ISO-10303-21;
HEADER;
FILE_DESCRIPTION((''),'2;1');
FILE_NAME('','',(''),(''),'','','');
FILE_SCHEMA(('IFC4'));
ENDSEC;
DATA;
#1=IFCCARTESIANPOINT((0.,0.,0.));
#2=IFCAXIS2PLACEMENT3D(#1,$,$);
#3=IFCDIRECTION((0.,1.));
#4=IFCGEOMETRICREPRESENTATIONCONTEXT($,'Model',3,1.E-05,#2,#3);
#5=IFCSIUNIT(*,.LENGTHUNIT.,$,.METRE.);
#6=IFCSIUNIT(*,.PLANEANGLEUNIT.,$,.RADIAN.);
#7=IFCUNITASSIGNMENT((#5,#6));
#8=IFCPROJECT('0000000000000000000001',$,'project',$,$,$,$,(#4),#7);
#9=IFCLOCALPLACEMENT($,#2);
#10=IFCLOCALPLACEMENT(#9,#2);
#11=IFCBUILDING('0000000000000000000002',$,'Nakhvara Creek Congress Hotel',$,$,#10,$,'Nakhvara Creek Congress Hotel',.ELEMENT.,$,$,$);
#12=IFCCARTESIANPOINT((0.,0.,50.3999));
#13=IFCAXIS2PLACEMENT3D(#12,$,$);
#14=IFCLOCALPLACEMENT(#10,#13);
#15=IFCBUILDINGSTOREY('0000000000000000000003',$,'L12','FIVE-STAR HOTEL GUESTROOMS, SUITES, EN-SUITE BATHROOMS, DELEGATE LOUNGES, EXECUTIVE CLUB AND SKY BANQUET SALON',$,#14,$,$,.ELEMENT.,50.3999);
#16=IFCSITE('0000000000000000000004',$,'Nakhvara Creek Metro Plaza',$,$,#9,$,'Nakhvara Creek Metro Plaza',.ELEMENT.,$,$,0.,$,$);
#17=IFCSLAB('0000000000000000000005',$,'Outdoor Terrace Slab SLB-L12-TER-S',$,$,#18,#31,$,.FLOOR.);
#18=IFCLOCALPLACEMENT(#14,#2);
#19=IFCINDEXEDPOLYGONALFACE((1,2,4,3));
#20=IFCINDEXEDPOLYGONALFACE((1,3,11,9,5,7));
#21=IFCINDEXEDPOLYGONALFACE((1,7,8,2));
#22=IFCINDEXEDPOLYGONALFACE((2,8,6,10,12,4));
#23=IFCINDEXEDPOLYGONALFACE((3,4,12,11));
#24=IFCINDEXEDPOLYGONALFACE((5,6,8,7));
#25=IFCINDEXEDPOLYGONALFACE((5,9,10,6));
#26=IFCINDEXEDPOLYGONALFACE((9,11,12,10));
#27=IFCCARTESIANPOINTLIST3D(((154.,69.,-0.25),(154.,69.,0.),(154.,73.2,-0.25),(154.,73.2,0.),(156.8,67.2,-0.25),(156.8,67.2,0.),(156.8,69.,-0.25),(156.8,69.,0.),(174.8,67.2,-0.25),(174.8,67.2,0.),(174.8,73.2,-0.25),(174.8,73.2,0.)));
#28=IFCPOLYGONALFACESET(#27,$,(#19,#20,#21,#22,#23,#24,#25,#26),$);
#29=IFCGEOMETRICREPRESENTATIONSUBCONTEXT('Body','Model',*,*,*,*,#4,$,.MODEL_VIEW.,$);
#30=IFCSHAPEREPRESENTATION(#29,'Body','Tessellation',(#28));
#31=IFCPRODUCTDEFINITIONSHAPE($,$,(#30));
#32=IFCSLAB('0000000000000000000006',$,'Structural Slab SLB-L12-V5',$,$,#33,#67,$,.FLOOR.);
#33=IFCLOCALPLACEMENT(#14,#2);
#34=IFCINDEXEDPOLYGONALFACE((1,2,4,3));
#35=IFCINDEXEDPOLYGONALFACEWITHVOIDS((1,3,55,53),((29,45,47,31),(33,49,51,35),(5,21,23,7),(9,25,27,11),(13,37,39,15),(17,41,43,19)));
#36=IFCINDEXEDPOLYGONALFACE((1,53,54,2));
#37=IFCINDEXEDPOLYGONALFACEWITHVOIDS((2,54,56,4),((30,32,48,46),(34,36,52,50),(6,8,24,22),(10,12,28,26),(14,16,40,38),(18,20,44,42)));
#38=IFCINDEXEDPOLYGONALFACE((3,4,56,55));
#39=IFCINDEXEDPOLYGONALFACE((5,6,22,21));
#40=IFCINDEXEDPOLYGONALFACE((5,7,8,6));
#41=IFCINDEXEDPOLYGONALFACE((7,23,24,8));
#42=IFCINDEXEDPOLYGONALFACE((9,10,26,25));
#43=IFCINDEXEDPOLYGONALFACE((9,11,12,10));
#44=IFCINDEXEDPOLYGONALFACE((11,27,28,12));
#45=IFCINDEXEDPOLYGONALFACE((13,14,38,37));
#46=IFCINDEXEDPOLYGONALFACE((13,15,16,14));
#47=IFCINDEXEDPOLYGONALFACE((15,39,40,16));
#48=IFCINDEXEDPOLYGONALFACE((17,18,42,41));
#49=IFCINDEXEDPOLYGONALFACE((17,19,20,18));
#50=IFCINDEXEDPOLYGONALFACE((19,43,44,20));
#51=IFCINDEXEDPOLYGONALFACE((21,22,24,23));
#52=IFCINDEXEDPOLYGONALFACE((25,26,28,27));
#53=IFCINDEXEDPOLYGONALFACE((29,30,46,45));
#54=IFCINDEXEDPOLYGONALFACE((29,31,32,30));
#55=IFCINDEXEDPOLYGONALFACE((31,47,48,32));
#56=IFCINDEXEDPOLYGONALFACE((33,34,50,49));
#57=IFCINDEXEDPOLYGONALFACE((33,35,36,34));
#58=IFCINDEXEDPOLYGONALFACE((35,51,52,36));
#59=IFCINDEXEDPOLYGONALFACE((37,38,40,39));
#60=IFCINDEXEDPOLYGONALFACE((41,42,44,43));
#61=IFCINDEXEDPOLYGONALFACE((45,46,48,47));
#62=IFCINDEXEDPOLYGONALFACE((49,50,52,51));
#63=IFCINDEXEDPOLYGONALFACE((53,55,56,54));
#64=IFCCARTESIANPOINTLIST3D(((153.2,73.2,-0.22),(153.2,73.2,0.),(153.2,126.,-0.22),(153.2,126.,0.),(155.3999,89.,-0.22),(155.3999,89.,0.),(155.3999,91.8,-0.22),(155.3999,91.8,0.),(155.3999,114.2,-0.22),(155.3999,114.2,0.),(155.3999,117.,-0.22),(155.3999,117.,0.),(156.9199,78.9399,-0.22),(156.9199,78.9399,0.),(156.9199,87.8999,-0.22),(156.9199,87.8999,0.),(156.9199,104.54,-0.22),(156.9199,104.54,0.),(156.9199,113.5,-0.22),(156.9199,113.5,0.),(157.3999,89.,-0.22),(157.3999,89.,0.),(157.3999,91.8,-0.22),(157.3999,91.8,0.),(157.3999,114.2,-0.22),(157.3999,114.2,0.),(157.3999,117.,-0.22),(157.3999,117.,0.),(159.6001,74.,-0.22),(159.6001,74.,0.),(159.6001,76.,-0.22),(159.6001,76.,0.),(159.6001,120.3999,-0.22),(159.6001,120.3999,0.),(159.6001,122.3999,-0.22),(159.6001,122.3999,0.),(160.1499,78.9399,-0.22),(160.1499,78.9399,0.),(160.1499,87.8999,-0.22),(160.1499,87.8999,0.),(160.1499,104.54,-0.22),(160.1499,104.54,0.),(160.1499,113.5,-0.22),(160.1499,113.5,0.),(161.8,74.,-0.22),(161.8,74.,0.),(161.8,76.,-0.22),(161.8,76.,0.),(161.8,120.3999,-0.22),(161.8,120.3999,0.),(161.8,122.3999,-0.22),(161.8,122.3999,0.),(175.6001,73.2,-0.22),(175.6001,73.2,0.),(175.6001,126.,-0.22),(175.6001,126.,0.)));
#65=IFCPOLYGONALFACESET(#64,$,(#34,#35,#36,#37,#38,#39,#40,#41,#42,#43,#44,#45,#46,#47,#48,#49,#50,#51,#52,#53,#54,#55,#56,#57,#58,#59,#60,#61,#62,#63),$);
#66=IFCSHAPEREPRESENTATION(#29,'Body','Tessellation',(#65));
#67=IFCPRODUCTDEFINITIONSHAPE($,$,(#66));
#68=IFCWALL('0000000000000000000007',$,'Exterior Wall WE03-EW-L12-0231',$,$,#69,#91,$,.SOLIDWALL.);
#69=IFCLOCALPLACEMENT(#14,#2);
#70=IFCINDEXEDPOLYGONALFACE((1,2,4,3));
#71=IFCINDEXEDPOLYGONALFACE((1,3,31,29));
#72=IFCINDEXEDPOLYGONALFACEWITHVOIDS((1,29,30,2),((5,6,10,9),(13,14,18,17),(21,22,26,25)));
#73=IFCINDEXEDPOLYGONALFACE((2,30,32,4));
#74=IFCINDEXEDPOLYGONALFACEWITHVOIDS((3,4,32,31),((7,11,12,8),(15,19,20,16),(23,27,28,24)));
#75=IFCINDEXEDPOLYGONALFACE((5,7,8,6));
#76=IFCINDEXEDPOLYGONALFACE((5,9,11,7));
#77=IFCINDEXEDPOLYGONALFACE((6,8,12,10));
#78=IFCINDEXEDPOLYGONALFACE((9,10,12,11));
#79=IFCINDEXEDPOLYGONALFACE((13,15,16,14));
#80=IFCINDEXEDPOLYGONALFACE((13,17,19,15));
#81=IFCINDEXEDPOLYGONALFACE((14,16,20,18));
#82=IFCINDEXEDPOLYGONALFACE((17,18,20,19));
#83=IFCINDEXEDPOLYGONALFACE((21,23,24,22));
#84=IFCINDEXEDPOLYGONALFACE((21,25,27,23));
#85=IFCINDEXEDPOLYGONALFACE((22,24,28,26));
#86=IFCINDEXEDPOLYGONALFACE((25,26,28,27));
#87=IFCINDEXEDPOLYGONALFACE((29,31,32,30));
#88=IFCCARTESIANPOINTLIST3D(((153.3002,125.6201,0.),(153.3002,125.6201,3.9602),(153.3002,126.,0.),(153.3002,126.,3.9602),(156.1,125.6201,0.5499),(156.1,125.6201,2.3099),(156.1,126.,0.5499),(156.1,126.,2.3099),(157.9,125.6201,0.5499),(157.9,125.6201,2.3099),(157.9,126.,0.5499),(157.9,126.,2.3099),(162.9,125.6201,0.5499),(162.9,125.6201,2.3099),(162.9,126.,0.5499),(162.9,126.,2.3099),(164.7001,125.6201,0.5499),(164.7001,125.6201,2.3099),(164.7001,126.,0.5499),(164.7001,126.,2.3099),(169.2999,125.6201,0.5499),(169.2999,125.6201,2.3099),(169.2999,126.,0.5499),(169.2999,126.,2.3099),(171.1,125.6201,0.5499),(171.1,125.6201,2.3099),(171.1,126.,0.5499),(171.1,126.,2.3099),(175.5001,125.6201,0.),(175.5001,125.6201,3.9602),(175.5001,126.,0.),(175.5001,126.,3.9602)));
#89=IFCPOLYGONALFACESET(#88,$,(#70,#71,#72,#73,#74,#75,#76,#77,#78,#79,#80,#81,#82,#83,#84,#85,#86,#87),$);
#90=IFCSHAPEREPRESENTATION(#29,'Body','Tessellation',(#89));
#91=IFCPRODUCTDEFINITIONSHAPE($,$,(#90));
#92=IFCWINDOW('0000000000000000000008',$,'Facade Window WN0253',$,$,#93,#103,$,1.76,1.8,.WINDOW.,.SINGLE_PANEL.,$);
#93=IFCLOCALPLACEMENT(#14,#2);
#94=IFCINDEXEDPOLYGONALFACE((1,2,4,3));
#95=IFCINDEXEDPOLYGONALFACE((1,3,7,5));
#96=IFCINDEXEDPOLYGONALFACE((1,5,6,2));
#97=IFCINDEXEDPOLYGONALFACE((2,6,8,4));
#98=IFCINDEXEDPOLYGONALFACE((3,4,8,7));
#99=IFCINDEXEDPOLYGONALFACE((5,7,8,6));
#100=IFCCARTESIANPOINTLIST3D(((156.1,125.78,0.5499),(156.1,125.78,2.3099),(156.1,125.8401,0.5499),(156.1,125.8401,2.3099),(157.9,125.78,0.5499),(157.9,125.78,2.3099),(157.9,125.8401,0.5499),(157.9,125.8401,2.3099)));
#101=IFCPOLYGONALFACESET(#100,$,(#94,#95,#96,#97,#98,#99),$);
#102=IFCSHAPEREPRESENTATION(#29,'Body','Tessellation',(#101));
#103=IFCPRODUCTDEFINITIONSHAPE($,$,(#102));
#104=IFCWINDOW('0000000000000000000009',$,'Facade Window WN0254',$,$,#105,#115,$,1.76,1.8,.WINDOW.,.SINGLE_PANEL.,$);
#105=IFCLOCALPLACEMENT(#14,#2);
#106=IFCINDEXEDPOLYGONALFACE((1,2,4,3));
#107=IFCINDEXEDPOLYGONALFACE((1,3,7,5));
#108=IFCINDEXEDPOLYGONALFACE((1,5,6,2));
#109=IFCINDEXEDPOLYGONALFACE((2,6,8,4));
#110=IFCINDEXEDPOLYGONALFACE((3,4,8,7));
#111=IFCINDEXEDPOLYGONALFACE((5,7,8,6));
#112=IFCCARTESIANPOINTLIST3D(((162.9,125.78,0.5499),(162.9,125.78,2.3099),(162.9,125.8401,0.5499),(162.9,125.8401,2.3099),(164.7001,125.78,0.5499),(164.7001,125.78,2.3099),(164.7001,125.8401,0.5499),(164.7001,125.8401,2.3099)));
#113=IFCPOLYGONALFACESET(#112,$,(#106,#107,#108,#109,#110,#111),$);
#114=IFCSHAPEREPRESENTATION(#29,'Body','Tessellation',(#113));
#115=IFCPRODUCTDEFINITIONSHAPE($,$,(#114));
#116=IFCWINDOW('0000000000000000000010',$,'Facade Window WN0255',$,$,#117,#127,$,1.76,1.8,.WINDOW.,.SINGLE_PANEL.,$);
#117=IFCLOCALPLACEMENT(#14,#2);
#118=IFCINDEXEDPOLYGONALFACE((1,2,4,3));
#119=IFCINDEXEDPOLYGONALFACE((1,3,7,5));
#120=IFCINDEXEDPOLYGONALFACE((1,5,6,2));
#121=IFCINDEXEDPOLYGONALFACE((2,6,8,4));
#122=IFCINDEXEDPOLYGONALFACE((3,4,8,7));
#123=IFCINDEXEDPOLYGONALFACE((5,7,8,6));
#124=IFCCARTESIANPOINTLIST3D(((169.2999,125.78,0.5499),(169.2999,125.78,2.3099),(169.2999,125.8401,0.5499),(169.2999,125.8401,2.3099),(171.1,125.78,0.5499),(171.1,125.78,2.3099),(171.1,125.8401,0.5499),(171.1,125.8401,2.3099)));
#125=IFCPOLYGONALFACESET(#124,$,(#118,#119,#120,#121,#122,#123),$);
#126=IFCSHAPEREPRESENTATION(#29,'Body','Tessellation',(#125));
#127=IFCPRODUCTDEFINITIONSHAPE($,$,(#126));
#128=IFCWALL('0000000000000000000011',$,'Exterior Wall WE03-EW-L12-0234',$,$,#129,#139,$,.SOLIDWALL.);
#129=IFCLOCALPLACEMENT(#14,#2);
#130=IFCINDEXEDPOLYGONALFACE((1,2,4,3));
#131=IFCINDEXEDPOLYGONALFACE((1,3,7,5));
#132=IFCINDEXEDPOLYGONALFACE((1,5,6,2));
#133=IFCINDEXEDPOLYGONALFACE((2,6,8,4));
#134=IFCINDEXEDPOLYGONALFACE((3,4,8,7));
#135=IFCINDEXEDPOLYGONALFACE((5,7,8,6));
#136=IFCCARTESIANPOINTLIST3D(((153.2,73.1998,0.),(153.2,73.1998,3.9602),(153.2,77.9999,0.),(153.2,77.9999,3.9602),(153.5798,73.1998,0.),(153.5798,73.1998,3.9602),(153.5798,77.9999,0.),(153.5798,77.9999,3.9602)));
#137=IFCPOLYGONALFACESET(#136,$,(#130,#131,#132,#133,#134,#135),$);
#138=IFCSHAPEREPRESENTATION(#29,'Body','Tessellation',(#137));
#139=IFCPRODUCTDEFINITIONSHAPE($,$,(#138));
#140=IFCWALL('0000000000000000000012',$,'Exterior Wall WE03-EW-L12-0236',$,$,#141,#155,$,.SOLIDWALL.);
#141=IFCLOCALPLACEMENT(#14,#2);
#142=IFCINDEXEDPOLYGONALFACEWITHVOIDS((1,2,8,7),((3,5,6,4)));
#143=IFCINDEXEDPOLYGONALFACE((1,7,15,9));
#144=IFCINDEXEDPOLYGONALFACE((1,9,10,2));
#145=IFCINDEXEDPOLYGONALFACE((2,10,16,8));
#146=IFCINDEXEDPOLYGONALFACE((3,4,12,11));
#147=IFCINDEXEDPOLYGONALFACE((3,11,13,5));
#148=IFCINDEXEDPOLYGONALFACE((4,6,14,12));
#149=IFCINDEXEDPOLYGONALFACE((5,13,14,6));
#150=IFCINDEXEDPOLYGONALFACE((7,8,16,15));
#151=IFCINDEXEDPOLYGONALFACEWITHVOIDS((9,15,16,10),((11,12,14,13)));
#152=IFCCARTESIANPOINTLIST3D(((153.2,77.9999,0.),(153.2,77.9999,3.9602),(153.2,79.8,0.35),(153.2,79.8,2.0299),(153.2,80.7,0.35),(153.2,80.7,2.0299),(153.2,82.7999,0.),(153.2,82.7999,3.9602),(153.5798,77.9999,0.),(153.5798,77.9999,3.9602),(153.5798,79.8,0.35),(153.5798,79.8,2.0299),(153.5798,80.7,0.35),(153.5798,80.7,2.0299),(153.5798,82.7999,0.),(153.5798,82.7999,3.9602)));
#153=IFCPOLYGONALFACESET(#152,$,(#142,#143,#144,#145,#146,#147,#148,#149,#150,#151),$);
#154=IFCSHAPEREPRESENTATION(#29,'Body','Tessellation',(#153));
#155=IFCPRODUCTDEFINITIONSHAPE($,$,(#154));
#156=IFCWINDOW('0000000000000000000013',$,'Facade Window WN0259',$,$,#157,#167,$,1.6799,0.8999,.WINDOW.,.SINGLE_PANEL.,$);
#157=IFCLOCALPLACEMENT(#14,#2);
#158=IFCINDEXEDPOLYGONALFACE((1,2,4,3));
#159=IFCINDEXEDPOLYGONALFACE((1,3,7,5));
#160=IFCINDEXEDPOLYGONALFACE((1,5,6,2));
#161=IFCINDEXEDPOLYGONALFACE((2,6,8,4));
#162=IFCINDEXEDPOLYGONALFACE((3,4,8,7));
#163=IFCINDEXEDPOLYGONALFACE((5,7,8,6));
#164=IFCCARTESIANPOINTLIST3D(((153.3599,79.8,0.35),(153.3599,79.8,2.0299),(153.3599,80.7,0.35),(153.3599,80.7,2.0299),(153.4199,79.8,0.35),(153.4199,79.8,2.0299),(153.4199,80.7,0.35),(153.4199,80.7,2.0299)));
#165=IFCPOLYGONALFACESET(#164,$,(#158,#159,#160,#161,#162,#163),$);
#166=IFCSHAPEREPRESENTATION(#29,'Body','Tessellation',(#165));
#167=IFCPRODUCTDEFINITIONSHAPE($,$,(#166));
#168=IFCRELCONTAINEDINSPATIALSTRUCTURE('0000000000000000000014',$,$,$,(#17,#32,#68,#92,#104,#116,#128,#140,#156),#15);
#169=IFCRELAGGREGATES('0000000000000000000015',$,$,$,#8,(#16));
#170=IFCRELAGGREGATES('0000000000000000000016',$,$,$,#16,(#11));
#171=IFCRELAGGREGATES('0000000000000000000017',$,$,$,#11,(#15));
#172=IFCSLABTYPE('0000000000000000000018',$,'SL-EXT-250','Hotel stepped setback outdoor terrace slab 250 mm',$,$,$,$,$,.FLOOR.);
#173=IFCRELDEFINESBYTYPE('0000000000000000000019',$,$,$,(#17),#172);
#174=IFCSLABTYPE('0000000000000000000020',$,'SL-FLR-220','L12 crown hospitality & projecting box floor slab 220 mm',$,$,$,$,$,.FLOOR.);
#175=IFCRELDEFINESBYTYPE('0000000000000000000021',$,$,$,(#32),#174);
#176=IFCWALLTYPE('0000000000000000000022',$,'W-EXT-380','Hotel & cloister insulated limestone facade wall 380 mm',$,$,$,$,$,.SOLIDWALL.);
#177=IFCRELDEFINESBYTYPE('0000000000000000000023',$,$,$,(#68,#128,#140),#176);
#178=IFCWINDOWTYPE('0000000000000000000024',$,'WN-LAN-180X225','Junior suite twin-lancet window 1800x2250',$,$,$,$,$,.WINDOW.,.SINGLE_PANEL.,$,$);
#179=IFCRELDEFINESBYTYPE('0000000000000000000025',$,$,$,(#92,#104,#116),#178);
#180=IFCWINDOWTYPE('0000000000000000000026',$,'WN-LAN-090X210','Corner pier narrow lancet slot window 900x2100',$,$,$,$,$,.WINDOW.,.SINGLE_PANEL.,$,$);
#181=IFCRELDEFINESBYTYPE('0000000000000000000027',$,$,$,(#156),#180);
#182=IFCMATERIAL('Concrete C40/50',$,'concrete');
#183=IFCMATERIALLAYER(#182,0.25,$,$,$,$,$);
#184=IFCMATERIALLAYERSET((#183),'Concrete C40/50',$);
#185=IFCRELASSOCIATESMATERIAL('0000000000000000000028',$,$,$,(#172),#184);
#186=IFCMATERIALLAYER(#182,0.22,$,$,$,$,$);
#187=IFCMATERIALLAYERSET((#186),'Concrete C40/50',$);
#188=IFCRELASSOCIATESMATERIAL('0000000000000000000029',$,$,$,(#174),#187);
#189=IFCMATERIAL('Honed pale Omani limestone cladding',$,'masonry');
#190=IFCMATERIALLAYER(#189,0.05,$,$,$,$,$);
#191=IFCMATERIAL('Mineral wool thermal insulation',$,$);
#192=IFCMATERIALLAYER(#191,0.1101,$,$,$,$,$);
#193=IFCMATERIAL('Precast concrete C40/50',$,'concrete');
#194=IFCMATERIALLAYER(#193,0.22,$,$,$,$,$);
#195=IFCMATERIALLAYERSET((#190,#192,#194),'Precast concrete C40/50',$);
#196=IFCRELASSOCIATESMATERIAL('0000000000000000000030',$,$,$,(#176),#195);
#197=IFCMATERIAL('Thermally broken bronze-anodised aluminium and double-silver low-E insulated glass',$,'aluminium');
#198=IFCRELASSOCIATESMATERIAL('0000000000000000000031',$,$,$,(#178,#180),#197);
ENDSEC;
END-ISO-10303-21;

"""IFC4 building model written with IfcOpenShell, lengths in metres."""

from ifc_helpers import new_model, si_unit, direction, frame, frame_2d, origin, place, context, subcontext, project, spatial, polyline, rectangle, outline, extrude, material, layer, layer_set, type_object, element, fill, save


model = new_model("IFC4")

# Units and contexts
model_context = context("Model", 3, precision=1e-05, world=origin(), true_north=direction((0.0, 1.0)))
body_context = subcontext(model_context, "Body", "Model", "MODEL_VIEW")
ifc_project = project(units=[si_unit("LENGTHUNIT", "METRE"), si_unit("PLANEANGLEUNIT", "RADIAN")], contexts=[model_context])

# Site, building, storey
site_placement = place(None, origin())
site = spatial("IfcSite", under=ifc_project, at=site_placement, Name="Nakhvara Creek Metro Plaza", LongName="Nakhvara Creek Metro Plaza", CompositionType="ELEMENT", RefElevation=0.0)
building_placement = place(site_placement, origin())
building = spatial("IfcBuilding", under=site, at=building_placement, Name="Nakhvara Creek Congress Hotel", LongName="Nakhvara Creek Congress Hotel", CompositionType="ELEMENT")
storey_placement = place(building_placement, frame((0.0, 0.0, 50.3999)))
storey = spatial("IfcBuildingStorey", under=building, at=storey_placement, Name="L12", Description="FIVE-STAR HOTEL GUESTROOMS, SUITES, EN-SUITE BATHROOMS, DELEGATE LOUNGES, EXECUTIVE CLUB AND SKY BANQUET SALON", CompositionType="ELEMENT", Elevation=50.3999)

# Slabs
ifc_material_1 = material(Name="Concrete C40/50", Category="concrete")
ifc_layer_1 = layer(ifc_material_1, 0.25)
ifc_layer_set_1 = layer_set([ifc_layer_1], Name="Concrete C40/50")
slab_type_1 = type_object("IfcSlabType", Name="SL-EXT-250", Description="Hotel stepped setback outdoor terrace slab 250 mm", PredefinedType="FLOOR", material=ifc_layer_set_1)
slab_1_placement = place(storey_placement, frame((0.0, 0.0, -0.25)))
element("IfcSlab", 1, at=slab_1_placement, inside=storey, type_object=slab_type_1, Name="Outdoor Terrace Slab SLB-L12-TER-S", PredefinedType="FLOOR", context=body_context, shape_type="SweptSolid", body=[
    extrude(outline(polyline([(156.8, 67.2), (174.8, 67.2), (174.8, 73.2), (154.0, 73.2), (154.0, 69.0), (156.8, 69.0), (156.8, 67.2)])), origin(), (0.0, 0.0, 1.0), 0.25),
])
ifc_layer_2 = layer(ifc_material_1, 0.22)
ifc_layer_set_2 = layer_set([ifc_layer_2], Name="Concrete C40/50")
slab_type_2 = type_object("IfcSlabType", Name="SL-FLR-220", Description="L12 crown hospitality & projecting box floor slab 220 mm", PredefinedType="FLOOR", material=ifc_layer_set_2)
slab_2_placement = place(storey_placement, frame((0.0, 0.0, -0.22)))
element("IfcSlab", 2, at=slab_2_placement, inside=storey, type_object=slab_type_2, Name="Structural Slab SLB-L12-V5", PredefinedType="FLOOR", context=body_context, shape_type="SweptSolid", body=[
    extrude(outline(polyline([(153.2, 126.0), (175.6001, 126.0), (175.6001, 73.2), (153.2, 73.2), (153.2, 126.0)]), holes=[polyline([(161.8, 76.0), (159.6001, 76.0), (159.6001, 74.0), (161.8, 74.0), (161.8, 76.0)]), polyline([(160.1499, 87.8999), (156.9199, 87.8999), (156.9199, 78.9399), (160.1499, 78.9399), (160.1499, 87.8999)]), polyline([(157.3999, 89.0), (157.3999, 91.8), (155.3999, 91.8), (155.3999, 89.0), (157.3999, 89.0)]), polyline([(156.9199, 113.5), (156.9199, 104.54), (160.1499, 104.54), (160.1499, 113.5), (156.9199, 113.5)]), polyline([(157.3999, 114.2), (157.3999, 117.0), (155.3999, 117.0), (155.3999, 114.2), (157.3999, 114.2)]), polyline([(161.8, 120.3999), (161.8, 122.3999), (159.6001, 122.3999), (159.6001, 120.3999), (161.8, 120.3999)])]), origin(), (0.0, 0.0, 1.0), 0.22),
])

# Wall, openings, windows
ifc_material_2 = material(Name="Honed pale Omani limestone cladding", Category="masonry")
ifc_layer_3 = layer(ifc_material_2, 0.05)
ifc_material_3 = material(Name="Mineral wool thermal insulation")
ifc_layer_4 = layer(ifc_material_3, 0.1101)
ifc_material_4 = material(Name="Precast concrete C40/50", Category="concrete")
ifc_layer_5 = layer(ifc_material_4, 0.22)
ifc_layer_set_3 = layer_set([ifc_layer_3, ifc_layer_4, ifc_layer_5], Name="Precast concrete C40/50")
wall_type_1 = type_object("IfcWallType", Name="W-EXT-380", Description="Hotel & cloister insulated limestone facade wall 380 mm", PredefinedType="SOLIDWALL", material=ifc_layer_set_3)
wall_1_placement = place(storey_placement, frame((153.3, 125.8101, 0.0), z_axis=(0.0, 0.0, 1.0), x_axis=(1.0, 0.0, 0.0)))
wall_1 = element("IfcWall", 3, at=wall_1_placement, inside=storey, type_object=wall_type_1, Name="Exterior Wall WE03-EW-L12-0231", PredefinedType="SOLIDWALL", context=body_context, shape_type="SweptSolid", body=[
    extrude(rectangle(XDim=22.2, YDim=0.3799, at=frame_2d((11.1001, 0.0))), origin(), (0.0, 0.0, 1.0), 3.9602),
])
opening_1_placement = place(wall_1_placement, frame((2.8, 0.0, 0.55)))
opening_1 = element("IfcOpeningElement", 4, at=opening_1_placement, cuts=wall_1, PredefinedType="OPENING", context=body_context, shape_type="SweptSolid", body=[
    extrude(rectangle(XDim=1.8, YDim=1.76, at=frame_2d((0.8999, 0.8799))), frame((0.0, 0.2019, 0.0), z_axis=(0.0, -1.0, 0.0), x_axis=(1.0, 0.0, 0.0)), (0.0, 0.0, 1.0), 0.4038),
])
opening_2_placement = place(wall_1_placement, frame((9.6001, 0.0, 0.55)))
opening_2 = element("IfcOpeningElement", 5, at=opening_2_placement, cuts=wall_1, PredefinedType="OPENING", context=body_context, shape_type="SweptSolid", body=[
    extrude(rectangle(XDim=1.8, YDim=1.76, at=frame_2d((0.8999, 0.8799))), frame((0.0, 0.2019, 0.0), z_axis=(0.0, -1.0, 0.0), x_axis=(1.0, 0.0, 0.0)), (0.0, 0.0, 1.0), 0.4038),
])
opening_3_placement = place(wall_1_placement, frame((16.0, 0.0, 0.55)))
opening_3 = element("IfcOpeningElement", 6, at=opening_3_placement, cuts=wall_1, PredefinedType="OPENING", context=body_context, shape_type="SweptSolid", body=[
    extrude(rectangle(XDim=1.8, YDim=1.76, at=frame_2d((0.8999, 0.8799))), frame((0.0, 0.2019, 0.0), z_axis=(0.0, -1.0, 0.0), x_axis=(1.0, 0.0, 0.0)), (0.0, 0.0, 1.0), 0.4038),
])
ifc_material_5 = material(Name="Thermally broken bronze-anodised aluminium and double-silver low-E insulated glass", Category="aluminium")
window_type_1 = type_object("IfcWindowType", Name="WN-LAN-180X225", Description="Junior suite twin-lancet window 1800x2250", PartitioningType="SINGLE_PANEL", PredefinedType="WINDOW", material=ifc_material_5)
window_1_placement = place(opening_1_placement, origin())
window_1 = element("IfcWindow", 7, at=window_1_placement, inside=storey, type_object=window_type_1, Name="Facade Window WN0253", OverallHeight=1.76, OverallWidth=1.8, PartitioningType="SINGLE_PANEL", PredefinedType="WINDOW", context=body_context, shape_type="SweptSolid", body=[
    extrude(rectangle(XDim=1.8, YDim=1.76, at=frame_2d((0.8999, 0.8799))), frame((0.0, 0.03, 0.0), z_axis=(0.0, -1.0, 0.0), x_axis=(1.0, 0.0, 0.0)), (0.0, 0.0, 1.0), 0.0601),
])
fill(opening_1, window_1)
window_2_placement = place(opening_2_placement, origin())
window_2 = element("IfcWindow", 8, at=window_2_placement, inside=storey, type_object=window_type_1, Name="Facade Window WN0254", OverallHeight=1.76, OverallWidth=1.8, PartitioningType="SINGLE_PANEL", PredefinedType="WINDOW", context=body_context, shape_type="SweptSolid", body=[
    extrude(rectangle(XDim=1.8, YDim=1.76, at=frame_2d((0.8999, 0.8799))), frame((0.0, 0.03, 0.0), z_axis=(0.0, -1.0, 0.0), x_axis=(1.0, 0.0, 0.0)), (0.0, 0.0, 1.0), 0.0601),
])
fill(opening_2, window_2)
window_3_placement = place(opening_3_placement, origin())
window_3 = element("IfcWindow", 9, at=window_3_placement, inside=storey, type_object=window_type_1, Name="Facade Window WN0255", OverallHeight=1.76, OverallWidth=1.8, PartitioningType="SINGLE_PANEL", PredefinedType="WINDOW", context=body_context, shape_type="SweptSolid", body=[
    extrude(rectangle(XDim=1.8, YDim=1.76, at=frame_2d((0.8999, 0.8799))), frame((0.0, 0.03, 0.0), z_axis=(0.0, -1.0, 0.0), x_axis=(1.0, 0.0, 0.0)), (0.0, 0.0, 1.0), 0.0601),
])
fill(opening_3, window_3)

# Wall
wall_2_placement = place(storey_placement, frame((153.3899, 73.2, 0.0), z_axis=(0.0, 0.0, 1.0), x_axis=(0.0, 1.0, 0.0)))
element("IfcWall", 10, at=wall_2_placement, inside=storey, type_object=wall_type_1, Name="Exterior Wall WE03-EW-L12-0234", PredefinedType="SOLIDWALL", context=body_context, shape_type="SweptSolid", body=[
    extrude(rectangle(XDim=4.8, YDim=0.3799, at=frame_2d((2.3999, 0.0))), origin(), (0.0, 0.0, 1.0), 3.9602),
])

# Wall, opening, window
wall_3_placement = place(storey_placement, frame((153.3899, 78.0, 0.0), z_axis=(0.0, 0.0, 1.0), x_axis=(0.0, 1.0, 0.0)))
wall_3 = element("IfcWall", 11, at=wall_3_placement, inside=storey, type_object=wall_type_1, Name="Exterior Wall WE03-EW-L12-0236", PredefinedType="SOLIDWALL", context=body_context, shape_type="SweptSolid", body=[
    extrude(rectangle(XDim=4.8, YDim=0.3799, at=frame_2d((2.3999, 0.0))), origin(), (0.0, 0.0, 1.0), 3.9602),
])
opening_4_placement = place(wall_3_placement, frame((1.8, 0.0, 0.3501)))
opening_4 = element("IfcOpeningElement", 12, at=opening_4_placement, cuts=wall_3, PredefinedType="OPENING", context=body_context, shape_type="SweptSolid", body=[
    extrude(rectangle(XDim=0.8999, YDim=1.6799, at=frame_2d((0.45, 0.8398))), frame((0.0, 0.2019, 0.0), z_axis=(0.0, -1.0, 0.0), x_axis=(1.0, 0.0, 0.0)), (0.0, 0.0, 1.0), 0.4038),
])
window_type_2 = type_object("IfcWindowType", Name="WN-LAN-090X210", Description="Corner pier narrow lancet slot window 900x2100", PartitioningType="SINGLE_PANEL", PredefinedType="WINDOW", material=ifc_material_5)
window_4_placement = place(opening_4_placement, origin())
window_4 = element("IfcWindow", 13, at=window_4_placement, inside=storey, type_object=window_type_2, Name="Facade Window WN0259", OverallHeight=1.6799, OverallWidth=0.8999, PartitioningType="SINGLE_PANEL", PredefinedType="WINDOW", context=body_context, shape_type="SweptSolid", body=[
    extrude(rectangle(XDim=0.8999, YDim=1.6799, at=frame_2d((0.45, 0.8398))), frame((0.0, 0.03, 0.0), z_axis=(0.0, -1.0, 0.0), x_axis=(1.0, 0.0, 0.0)), (0.0, 0.0, 1.0), 0.0601),
])
fill(opening_4, window_4)

save(model, "model.ifc")
